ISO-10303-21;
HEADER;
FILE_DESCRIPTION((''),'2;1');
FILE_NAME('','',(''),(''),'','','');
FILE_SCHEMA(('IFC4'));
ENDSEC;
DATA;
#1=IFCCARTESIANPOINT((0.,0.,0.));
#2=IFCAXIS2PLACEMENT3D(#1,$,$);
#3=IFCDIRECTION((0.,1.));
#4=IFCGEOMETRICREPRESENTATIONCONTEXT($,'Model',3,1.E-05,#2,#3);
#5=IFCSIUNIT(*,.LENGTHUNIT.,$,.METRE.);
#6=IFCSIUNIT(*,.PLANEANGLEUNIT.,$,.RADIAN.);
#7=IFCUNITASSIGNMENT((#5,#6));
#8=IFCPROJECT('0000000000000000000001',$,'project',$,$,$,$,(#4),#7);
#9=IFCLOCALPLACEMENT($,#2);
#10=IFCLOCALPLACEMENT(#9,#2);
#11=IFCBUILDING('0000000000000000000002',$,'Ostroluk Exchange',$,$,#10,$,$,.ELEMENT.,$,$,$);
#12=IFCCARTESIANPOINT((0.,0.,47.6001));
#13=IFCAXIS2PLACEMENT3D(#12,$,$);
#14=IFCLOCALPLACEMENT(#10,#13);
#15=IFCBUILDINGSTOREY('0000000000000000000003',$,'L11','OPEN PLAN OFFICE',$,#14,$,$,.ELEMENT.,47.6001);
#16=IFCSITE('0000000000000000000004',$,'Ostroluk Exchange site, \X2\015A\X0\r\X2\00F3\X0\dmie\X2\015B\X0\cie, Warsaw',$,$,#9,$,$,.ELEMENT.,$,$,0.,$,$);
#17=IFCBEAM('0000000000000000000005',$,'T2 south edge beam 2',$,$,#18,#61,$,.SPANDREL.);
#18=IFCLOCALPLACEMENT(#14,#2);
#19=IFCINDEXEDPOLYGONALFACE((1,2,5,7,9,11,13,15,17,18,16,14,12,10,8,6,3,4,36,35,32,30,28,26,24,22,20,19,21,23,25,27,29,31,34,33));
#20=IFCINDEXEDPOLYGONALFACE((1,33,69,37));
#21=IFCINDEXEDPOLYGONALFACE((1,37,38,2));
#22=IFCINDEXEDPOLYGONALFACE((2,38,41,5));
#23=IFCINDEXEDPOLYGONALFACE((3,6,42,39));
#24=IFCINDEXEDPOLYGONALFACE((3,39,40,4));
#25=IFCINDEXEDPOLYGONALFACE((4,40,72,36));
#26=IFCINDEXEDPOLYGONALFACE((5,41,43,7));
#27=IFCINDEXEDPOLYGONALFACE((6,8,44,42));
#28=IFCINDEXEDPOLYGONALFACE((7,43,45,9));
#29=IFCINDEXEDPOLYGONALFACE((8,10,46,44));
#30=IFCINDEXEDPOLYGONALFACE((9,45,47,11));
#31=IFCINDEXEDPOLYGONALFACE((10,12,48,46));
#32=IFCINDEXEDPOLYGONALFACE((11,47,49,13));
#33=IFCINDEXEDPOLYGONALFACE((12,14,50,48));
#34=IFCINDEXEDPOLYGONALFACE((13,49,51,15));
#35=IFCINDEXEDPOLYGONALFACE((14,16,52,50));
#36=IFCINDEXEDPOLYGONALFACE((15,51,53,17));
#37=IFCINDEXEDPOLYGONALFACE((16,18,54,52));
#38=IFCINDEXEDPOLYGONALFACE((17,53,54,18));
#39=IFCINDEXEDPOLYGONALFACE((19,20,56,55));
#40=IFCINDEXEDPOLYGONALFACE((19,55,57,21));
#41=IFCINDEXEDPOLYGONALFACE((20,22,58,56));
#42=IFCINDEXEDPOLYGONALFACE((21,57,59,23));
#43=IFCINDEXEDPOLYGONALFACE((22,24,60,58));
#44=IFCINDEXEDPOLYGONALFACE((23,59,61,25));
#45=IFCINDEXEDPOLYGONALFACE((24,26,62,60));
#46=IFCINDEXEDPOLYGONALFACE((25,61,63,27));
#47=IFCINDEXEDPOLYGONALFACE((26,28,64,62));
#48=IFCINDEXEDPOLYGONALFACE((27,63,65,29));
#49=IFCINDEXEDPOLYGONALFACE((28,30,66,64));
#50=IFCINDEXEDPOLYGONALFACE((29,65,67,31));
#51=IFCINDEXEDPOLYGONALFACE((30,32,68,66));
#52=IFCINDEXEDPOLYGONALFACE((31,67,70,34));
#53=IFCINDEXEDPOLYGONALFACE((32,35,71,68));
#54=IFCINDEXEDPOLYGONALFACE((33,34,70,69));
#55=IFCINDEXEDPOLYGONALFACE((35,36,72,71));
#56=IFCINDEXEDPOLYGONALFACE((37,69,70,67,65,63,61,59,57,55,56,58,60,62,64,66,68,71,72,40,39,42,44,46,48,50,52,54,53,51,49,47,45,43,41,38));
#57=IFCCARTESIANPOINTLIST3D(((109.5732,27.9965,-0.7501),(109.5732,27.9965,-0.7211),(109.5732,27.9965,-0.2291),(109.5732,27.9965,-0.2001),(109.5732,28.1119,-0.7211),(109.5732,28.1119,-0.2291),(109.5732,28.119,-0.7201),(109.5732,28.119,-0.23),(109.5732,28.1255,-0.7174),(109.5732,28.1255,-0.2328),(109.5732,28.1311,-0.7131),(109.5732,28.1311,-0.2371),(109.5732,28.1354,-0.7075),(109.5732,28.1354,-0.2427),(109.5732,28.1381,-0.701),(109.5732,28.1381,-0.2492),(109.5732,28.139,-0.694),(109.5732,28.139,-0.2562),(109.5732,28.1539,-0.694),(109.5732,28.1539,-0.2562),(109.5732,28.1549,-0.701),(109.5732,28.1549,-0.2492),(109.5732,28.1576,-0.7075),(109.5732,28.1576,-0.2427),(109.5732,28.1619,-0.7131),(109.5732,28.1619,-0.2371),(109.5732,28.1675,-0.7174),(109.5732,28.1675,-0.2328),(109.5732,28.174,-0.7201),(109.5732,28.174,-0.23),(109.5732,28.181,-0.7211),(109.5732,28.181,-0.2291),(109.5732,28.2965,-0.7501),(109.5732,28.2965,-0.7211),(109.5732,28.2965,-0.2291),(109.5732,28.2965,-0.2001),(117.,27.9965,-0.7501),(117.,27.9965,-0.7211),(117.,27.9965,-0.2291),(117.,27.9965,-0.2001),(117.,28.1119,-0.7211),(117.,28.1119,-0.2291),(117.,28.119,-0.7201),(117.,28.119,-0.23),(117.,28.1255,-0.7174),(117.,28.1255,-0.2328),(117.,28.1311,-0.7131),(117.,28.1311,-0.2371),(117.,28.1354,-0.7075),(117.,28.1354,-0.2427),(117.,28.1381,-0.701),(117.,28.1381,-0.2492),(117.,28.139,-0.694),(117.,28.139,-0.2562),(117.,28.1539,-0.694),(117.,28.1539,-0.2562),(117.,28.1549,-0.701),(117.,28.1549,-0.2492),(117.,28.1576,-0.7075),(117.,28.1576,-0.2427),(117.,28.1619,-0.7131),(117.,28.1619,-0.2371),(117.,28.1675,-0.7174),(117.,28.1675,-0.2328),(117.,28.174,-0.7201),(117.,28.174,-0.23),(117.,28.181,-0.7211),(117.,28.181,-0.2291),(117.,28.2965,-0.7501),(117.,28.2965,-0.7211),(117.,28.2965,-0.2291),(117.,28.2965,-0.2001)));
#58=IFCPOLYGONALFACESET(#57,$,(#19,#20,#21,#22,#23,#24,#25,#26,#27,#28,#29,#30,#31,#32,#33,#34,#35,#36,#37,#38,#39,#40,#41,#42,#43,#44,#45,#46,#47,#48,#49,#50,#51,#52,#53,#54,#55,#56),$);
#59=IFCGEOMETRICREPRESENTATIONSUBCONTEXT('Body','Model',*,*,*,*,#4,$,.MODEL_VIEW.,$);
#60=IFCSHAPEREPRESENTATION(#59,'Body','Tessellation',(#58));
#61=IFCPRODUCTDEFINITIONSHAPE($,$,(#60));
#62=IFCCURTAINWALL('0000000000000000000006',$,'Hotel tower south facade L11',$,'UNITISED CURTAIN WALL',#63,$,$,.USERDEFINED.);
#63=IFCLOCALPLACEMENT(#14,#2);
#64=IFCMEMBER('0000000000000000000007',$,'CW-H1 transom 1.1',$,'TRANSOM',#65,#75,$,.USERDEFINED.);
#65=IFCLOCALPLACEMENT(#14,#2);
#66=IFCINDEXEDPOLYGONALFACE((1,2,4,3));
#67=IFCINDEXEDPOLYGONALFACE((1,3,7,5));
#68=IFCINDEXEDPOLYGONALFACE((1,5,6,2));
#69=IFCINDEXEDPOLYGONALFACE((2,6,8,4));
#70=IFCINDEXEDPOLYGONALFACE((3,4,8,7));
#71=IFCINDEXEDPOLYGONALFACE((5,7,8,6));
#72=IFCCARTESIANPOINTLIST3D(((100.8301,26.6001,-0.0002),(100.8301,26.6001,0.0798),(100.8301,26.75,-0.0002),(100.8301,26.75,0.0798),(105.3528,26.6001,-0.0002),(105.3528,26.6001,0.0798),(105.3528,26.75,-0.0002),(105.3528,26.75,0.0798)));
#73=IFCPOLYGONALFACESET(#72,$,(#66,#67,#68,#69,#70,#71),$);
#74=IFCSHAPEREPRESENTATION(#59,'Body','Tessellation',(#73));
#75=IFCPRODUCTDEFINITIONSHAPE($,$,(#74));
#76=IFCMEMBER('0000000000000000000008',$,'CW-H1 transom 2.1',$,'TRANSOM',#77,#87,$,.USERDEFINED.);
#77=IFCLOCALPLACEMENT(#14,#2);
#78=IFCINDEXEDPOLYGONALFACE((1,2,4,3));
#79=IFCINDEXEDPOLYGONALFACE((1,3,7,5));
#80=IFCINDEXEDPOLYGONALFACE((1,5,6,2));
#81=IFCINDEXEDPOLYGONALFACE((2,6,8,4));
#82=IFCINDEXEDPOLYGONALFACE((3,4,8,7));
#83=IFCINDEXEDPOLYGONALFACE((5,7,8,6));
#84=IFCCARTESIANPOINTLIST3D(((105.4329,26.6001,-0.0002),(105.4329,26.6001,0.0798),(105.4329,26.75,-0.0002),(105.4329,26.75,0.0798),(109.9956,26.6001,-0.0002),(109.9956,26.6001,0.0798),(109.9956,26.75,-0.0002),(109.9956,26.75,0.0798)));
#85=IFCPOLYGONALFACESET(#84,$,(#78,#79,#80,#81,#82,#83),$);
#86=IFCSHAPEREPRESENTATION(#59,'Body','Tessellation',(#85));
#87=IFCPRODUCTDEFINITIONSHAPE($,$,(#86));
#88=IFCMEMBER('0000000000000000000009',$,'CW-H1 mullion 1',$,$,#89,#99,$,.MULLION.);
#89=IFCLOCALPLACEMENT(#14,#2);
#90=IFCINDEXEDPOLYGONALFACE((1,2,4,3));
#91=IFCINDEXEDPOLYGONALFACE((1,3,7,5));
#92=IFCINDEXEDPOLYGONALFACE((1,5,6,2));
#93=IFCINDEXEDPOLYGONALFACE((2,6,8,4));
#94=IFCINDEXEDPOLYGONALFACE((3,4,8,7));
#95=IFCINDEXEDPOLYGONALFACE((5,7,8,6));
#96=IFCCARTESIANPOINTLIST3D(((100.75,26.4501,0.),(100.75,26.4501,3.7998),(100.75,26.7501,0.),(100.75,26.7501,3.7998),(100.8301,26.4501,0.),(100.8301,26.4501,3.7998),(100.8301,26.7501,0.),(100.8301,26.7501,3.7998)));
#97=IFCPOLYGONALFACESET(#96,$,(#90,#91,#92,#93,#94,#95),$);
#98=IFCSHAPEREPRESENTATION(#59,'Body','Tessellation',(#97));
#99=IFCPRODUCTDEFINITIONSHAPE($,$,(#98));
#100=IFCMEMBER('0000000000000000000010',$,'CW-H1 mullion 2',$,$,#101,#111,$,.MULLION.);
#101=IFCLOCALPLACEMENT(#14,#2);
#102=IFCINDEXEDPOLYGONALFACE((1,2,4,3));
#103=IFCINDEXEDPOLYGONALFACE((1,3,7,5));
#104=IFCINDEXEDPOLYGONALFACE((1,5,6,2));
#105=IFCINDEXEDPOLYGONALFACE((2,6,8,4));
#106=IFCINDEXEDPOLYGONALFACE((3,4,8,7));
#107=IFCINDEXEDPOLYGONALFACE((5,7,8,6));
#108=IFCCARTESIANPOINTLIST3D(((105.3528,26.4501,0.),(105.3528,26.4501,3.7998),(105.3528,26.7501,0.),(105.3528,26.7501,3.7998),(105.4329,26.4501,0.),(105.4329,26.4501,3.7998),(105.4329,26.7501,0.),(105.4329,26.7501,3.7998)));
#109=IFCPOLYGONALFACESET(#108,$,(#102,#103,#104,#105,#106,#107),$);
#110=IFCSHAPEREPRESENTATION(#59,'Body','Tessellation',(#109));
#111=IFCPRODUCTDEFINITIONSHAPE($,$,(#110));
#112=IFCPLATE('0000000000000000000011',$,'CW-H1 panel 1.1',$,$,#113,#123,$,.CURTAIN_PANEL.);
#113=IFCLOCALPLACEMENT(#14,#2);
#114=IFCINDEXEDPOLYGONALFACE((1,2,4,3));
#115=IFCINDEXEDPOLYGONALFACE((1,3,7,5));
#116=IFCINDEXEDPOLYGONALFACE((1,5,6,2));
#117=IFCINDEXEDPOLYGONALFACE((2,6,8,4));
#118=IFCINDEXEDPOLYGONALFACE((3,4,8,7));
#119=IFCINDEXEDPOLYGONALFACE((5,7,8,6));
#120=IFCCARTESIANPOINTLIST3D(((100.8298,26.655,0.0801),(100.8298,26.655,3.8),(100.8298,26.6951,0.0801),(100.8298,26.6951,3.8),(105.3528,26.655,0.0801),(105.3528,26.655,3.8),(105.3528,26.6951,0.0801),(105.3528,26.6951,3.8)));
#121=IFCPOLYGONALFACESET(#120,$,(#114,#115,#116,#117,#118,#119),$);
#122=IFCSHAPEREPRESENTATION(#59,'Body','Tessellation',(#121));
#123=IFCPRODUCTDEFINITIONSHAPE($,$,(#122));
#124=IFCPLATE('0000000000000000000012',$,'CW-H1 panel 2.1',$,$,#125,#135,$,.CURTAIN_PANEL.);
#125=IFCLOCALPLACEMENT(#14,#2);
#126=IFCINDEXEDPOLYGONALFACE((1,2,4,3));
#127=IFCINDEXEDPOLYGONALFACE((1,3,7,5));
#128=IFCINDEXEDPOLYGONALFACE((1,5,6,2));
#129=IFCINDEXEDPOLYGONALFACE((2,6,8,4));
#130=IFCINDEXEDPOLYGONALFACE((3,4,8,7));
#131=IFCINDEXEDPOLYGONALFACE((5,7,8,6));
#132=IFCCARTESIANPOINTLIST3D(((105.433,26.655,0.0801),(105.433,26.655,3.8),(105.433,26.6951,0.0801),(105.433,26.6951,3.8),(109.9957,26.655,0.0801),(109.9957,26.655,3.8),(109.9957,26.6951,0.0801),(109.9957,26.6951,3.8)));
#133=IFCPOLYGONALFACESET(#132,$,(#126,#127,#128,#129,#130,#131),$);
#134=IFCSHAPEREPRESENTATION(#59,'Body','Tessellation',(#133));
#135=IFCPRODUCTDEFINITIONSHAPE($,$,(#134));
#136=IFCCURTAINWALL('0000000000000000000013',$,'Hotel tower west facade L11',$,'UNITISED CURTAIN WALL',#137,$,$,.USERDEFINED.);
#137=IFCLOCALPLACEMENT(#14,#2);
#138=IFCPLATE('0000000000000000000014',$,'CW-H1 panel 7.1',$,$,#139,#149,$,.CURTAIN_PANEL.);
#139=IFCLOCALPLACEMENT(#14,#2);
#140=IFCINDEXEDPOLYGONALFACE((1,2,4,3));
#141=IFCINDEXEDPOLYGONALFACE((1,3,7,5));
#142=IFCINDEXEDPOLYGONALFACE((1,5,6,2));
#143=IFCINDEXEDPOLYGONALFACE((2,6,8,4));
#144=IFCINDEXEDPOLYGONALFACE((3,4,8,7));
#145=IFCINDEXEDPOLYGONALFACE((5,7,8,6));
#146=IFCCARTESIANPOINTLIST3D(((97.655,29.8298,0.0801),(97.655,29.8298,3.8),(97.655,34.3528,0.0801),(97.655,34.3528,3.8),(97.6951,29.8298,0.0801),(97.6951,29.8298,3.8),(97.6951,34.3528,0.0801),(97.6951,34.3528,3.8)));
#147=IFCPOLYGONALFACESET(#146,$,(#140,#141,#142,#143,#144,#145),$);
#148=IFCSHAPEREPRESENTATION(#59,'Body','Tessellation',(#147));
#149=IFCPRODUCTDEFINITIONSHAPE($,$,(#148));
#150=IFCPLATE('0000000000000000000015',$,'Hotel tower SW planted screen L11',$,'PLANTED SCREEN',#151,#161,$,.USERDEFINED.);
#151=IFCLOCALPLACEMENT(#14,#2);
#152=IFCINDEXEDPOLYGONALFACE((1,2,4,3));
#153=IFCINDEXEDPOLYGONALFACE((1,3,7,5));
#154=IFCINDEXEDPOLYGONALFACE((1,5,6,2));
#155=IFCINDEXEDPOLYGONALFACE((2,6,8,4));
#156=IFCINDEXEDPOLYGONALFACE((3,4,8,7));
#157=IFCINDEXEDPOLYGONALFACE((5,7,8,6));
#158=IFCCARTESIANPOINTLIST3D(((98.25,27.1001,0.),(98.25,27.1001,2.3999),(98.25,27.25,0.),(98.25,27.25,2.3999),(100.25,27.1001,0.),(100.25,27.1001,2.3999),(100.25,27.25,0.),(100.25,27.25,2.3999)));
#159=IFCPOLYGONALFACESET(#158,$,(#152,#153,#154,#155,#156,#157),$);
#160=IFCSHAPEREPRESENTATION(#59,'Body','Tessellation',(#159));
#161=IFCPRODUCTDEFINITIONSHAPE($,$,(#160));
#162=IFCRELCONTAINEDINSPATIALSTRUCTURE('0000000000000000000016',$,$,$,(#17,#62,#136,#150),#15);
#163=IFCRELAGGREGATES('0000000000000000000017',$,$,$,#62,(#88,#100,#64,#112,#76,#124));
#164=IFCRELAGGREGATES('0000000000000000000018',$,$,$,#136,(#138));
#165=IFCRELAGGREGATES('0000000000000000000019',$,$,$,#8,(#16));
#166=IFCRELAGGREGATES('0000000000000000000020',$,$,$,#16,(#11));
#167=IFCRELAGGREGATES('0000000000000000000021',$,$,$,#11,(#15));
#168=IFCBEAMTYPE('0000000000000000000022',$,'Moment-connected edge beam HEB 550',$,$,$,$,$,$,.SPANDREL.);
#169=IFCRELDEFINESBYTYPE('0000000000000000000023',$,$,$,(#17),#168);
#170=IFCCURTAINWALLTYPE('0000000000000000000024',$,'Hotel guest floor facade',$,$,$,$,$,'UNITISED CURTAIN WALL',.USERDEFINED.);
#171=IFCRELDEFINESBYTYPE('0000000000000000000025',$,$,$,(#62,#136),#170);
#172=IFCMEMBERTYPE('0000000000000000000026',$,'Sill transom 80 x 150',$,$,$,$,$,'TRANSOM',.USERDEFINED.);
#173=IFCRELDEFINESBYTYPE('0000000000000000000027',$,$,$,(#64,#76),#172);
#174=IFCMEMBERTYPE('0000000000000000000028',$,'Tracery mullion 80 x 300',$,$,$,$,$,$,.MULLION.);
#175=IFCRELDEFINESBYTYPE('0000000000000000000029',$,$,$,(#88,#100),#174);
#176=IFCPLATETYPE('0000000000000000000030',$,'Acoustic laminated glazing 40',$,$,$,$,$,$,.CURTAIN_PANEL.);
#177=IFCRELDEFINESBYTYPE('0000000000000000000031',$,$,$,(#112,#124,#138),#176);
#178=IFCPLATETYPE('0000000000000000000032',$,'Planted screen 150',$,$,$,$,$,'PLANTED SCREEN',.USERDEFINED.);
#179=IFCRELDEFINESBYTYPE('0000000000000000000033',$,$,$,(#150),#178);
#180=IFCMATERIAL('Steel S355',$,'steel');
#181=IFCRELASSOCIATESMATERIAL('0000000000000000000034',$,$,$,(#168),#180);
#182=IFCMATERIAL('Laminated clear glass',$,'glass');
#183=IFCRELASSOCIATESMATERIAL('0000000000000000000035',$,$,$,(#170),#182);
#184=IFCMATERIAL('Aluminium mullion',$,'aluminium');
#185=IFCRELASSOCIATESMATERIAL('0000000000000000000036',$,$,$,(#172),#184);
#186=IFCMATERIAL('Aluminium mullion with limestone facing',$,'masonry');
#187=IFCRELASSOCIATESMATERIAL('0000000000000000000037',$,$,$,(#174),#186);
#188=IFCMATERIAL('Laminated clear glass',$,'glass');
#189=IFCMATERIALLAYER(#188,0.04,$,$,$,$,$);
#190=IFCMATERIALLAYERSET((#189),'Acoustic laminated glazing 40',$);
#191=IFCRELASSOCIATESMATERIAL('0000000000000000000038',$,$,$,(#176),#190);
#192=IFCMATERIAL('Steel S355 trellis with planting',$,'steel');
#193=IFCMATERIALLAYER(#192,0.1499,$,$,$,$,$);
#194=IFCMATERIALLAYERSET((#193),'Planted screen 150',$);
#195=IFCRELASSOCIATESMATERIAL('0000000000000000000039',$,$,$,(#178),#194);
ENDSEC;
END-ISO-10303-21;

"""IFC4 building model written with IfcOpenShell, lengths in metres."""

from ifc_helpers import new_model, si_unit, direction, frame, origin, origin_2d, place, context, subcontext, project, spatial, rectangle, i_section, extrude, material, layer, layer_set, material_profile, profile_set, type_object, element, aggregate, save


model = new_model("IFC4")

# Units and contexts
model_context = context("Model", 3, precision=1e-05, world=origin(), true_north=direction((0.0, 1.0)))
body_context = subcontext(model_context, "Body", "Model", "MODEL_VIEW")
ifc_project = project(units=[si_unit("LENGTHUNIT", "METRE"), si_unit("PLANEANGLEUNIT", "RADIAN")], contexts=[model_context])

# Site, building, storey
site_placement = place(None, origin())
site = spatial("IfcSite", under=ifc_project, at=site_placement, Name="Ostroluk Exchange site, Śródmieście, Warsaw", CompositionType="ELEMENT", RefElevation=0.0)
building_placement = place(site_placement, origin())
building = spatial("IfcBuilding", under=site, at=building_placement, Name="Ostroluk Exchange", CompositionType="ELEMENT")
storey_placement = place(building_placement, frame((0.0, 0.0, 47.6001)))
storey = spatial("IfcBuildingStorey", under=building, at=storey_placement, Name="L11", Description="OPEN PLAN OFFICE", CompositionType="ELEMENT", Elevation=47.6001)

# Beam
ifc_material_1 = material(Name="Steel S355", Category="steel")
ifc_material_profile_1 = material_profile(ifc_material_1, i_section(OverallWidth=0.3, OverallDepth=0.55, WebThickness=0.0149, FlangeThickness=0.0291, FilletRadius=0.0271, at=origin_2d()), Name="HEB 550")
ifc_profile_set_1 = profile_set([ifc_material_profile_1], Name="Steel S355")
beam_type_1 = type_object("IfcBeamType", Name="Moment-connected edge beam HEB 550", PredefinedType="SPANDREL", material=ifc_profile_set_1)
for number, where, z_axis, x_axis, name in (
    (1, (109.5732, 28.1465, -0.4751), (1.0, 0.0, 0.0), (0.0, 1.0, 0.0), "T2 south edge beam 2"),
):
    element("IfcBeam", number, at=place(storey_placement, frame(where, z_axis=z_axis, x_axis=x_axis)), inside=storey, type_object=beam_type_1, Name=name, PredefinedType="SPANDREL", context=body_context, shape_type="SweptSolid", body=[
        extrude(i_section(OverallWidth=0.3, OverallDepth=0.55, WebThickness=0.0149, FlangeThickness=0.0291, FilletRadius=0.0271, at=origin_2d()), origin(), (0.0, 0.0, 1.0), 7.4268),
    ])

# Curtain wall, members, plates
ifc_material_2 = material(Name="Laminated clear glass", Category="glass")
curtain_wall_type = type_object("IfcCurtainWallType", Name="Hotel guest floor facade", ElementType="UNITISED CURTAIN WALL", PredefinedType="USERDEFINED", material=ifc_material_2)
curtain_wall_1_placement = place(storey_placement, origin())
curtain_wall_1 = element("IfcCurtainWall", 2, at=curtain_wall_1_placement, inside=storey, type_object=curtain_wall_type, Name="Hotel tower south facade L11", ObjectType="UNITISED CURTAIN WALL", PredefinedType="USERDEFINED")
ifc_material_3 = material(Name="Aluminium mullion", Category="aluminium")
ifc_material_profile_2 = material_profile(ifc_material_3, rectangle(XDim=0.1499, YDim=0.0801, at=origin_2d()), Name="Sill transom 80 x 150")
ifc_profile_set_2 = profile_set([ifc_material_profile_2], Name="Aluminium mullion")
member_type_1 = type_object("IfcMemberType", Name="Sill transom 80 x 150", ElementType="TRANSOM", PredefinedType="USERDEFINED", material=ifc_profile_set_2)
member_1_placement = place(storey_placement, frame((100.8301, 26.675, 0.0398), z_axis=(1.0, 0.0, 0.0), x_axis=(0.0, 1.0, 0.0)))
member_1 = element("IfcMember", 3, at=member_1_placement, type_object=member_type_1, Name="CW-H1 transom 1.1", ObjectType="TRANSOM", PredefinedType="USERDEFINED", context=body_context, shape_type="SweptSolid", body=[
    extrude(rectangle(XDim=0.1499, YDim=0.0801, at=origin_2d()), origin(), (0.0, 0.0, 1.0), 4.5227),
])
member_2_placement = place(storey_placement, frame((105.4329, 26.675, 0.0398), z_axis=(1.0, 0.0, 0.0), x_axis=(0.0, 1.0, 0.0)))
member_2 = element("IfcMember", 4, at=member_2_placement, type_object=member_type_1, Name="CW-H1 transom 2.1", ObjectType="TRANSOM", PredefinedType="USERDEFINED", context=body_context, shape_type="SweptSolid", body=[
    extrude(rectangle(XDim=0.1499, YDim=0.0801, at=origin_2d()), origin(), (0.0, 0.0, 1.0), 4.5627),
])
ifc_material_4 = material(Name="Aluminium mullion with limestone facing", Category="masonry")
ifc_material_profile_3 = material_profile(ifc_material_4, rectangle(XDim=0.3, YDim=0.0801, at=origin_2d()), Name="Tracery mullion 80 x 300")
ifc_profile_set_3 = profile_set([ifc_material_profile_3], Name="Aluminium mullion with limestone facing")
member_type_2 = type_object("IfcMemberType", Name="Tracery mullion 80 x 300", PredefinedType="MULLION", material=ifc_profile_set_3)
member_3_placement = place(storey_placement, frame((100.79, 26.6001, 0.0), z_axis=(0.0, 0.0, 1.0), x_axis=(0.0, 1.0, 0.0)))
member_3 = element("IfcMember", 5, at=member_3_placement, type_object=member_type_2, Name="CW-H1 mullion 1", PredefinedType="MULLION", context=body_context, shape_type="SweptSolid", body=[
    extrude(rectangle(XDim=0.3, YDim=0.0801, at=origin_2d()), origin(), (0.0, 0.0, 1.0), 3.7998),
])
member_4_placement = place(storey_placement, frame((105.3928, 26.6001, 0.0), z_axis=(0.0, 0.0, 1.0), x_axis=(0.0, 1.0, 0.0)))
member_4 = element("IfcMember", 6, at=member_4_placement, type_object=member_type_2, Name="CW-H1 mullion 2", PredefinedType="MULLION", context=body_context, shape_type="SweptSolid", body=[
    extrude(rectangle(XDim=0.3, YDim=0.0801, at=origin_2d()), origin(), (0.0, 0.0, 1.0), 3.7998),
])
ifc_material_5 = material(Name="Laminated clear glass", Category="glass")
ifc_layer_1 = layer(ifc_material_5, 0.04)
ifc_layer_set_1 = layer_set([ifc_layer_1], Name="Acoustic laminated glazing 40")
plate_type_1 = type_object("IfcPlateType", Name="Acoustic laminated glazing 40", PredefinedType="CURTAIN_PANEL", material=ifc_layer_set_1)
plate_1_placement = place(storey_placement, frame((103.0913, 26.675, 0.0801), z_axis=(0.0, 0.0, 1.0), x_axis=(1.0, 0.0, 0.0)))
plate_1 = element("IfcPlate", 7, at=plate_1_placement, type_object=plate_type_1, Name="CW-H1 panel 1.1", PredefinedType="CURTAIN_PANEL", context=body_context, shape_type="SweptSolid", body=[
    extrude(rectangle(XDim=4.5229, YDim=0.04, at=origin_2d()), origin(), (0.0, 0.0, 1.0), 3.72),
])
plate_2_placement = place(storey_placement, frame((107.7144, 26.675, 0.0801), z_axis=(0.0, 0.0, 1.0), x_axis=(1.0, 0.0, 0.0)))
plate_2 = element("IfcPlate", 8, at=plate_2_placement, type_object=plate_type_1, Name="CW-H1 panel 2.1", PredefinedType="CURTAIN_PANEL", context=body_context, shape_type="SweptSolid", body=[
    extrude(rectangle(XDim=4.5627, YDim=0.04, at=origin_2d()), origin(), (0.0, 0.0, 1.0), 3.72),
])
aggregate(curtain_wall_1, [member_3, member_4, member_1, plate_1, member_2, plate_2])

# Curtain wall, plate
curtain_wall_2_placement = place(storey_placement, origin())
curtain_wall_2 = element("IfcCurtainWall", 9, at=curtain_wall_2_placement, inside=storey, type_object=curtain_wall_type, Name="Hotel tower west facade L11", ObjectType="UNITISED CURTAIN WALL", PredefinedType="USERDEFINED")
plate_3_placement = place(storey_placement, frame((97.675, 32.0913, 0.0801), z_axis=(0.0, 0.0, 1.0), x_axis=(0.0, -1.0, 0.0)))
plate_3 = element("IfcPlate", 10, at=plate_3_placement, type_object=plate_type_1, Name="CW-H1 panel 7.1", PredefinedType="CURTAIN_PANEL", context=body_context, shape_type="SweptSolid", body=[
    extrude(rectangle(XDim=4.5229, YDim=0.04, at=origin_2d()), origin(), (0.0, 0.0, 1.0), 3.72),
])
aggregate(curtain_wall_2, [plate_3])

# Plate
ifc_material_6 = material(Name="Steel S355 trellis with planting", Category="steel")
ifc_layer_2 = layer(ifc_material_6, 0.1499)
ifc_layer_set_2 = layer_set([ifc_layer_2], Name="Planted screen 150")
plate_type_2 = type_object("IfcPlateType", Name="Planted screen 150", ElementType="PLANTED SCREEN", PredefinedType="USERDEFINED", material=ifc_layer_set_2)
plate_4_placement = place(storey_placement, frame((99.25, 27.175, 0.0), z_axis=(0.0, 0.0, 1.0), x_axis=(1.0, 0.0, 0.0)))
element("IfcPlate", 11, at=plate_4_placement, inside=storey, type_object=plate_type_2, Name="Hotel tower SW planted screen L11", ObjectType="PLANTED SCREEN", PredefinedType="USERDEFINED", context=body_context, shape_type="SweptSolid", body=[
    extrude(rectangle(XDim=2.0, YDim=0.1499, at=origin_2d()), origin(), (0.0, 0.0, 1.0), 2.3999),
])

save(model, "model.ifc")
